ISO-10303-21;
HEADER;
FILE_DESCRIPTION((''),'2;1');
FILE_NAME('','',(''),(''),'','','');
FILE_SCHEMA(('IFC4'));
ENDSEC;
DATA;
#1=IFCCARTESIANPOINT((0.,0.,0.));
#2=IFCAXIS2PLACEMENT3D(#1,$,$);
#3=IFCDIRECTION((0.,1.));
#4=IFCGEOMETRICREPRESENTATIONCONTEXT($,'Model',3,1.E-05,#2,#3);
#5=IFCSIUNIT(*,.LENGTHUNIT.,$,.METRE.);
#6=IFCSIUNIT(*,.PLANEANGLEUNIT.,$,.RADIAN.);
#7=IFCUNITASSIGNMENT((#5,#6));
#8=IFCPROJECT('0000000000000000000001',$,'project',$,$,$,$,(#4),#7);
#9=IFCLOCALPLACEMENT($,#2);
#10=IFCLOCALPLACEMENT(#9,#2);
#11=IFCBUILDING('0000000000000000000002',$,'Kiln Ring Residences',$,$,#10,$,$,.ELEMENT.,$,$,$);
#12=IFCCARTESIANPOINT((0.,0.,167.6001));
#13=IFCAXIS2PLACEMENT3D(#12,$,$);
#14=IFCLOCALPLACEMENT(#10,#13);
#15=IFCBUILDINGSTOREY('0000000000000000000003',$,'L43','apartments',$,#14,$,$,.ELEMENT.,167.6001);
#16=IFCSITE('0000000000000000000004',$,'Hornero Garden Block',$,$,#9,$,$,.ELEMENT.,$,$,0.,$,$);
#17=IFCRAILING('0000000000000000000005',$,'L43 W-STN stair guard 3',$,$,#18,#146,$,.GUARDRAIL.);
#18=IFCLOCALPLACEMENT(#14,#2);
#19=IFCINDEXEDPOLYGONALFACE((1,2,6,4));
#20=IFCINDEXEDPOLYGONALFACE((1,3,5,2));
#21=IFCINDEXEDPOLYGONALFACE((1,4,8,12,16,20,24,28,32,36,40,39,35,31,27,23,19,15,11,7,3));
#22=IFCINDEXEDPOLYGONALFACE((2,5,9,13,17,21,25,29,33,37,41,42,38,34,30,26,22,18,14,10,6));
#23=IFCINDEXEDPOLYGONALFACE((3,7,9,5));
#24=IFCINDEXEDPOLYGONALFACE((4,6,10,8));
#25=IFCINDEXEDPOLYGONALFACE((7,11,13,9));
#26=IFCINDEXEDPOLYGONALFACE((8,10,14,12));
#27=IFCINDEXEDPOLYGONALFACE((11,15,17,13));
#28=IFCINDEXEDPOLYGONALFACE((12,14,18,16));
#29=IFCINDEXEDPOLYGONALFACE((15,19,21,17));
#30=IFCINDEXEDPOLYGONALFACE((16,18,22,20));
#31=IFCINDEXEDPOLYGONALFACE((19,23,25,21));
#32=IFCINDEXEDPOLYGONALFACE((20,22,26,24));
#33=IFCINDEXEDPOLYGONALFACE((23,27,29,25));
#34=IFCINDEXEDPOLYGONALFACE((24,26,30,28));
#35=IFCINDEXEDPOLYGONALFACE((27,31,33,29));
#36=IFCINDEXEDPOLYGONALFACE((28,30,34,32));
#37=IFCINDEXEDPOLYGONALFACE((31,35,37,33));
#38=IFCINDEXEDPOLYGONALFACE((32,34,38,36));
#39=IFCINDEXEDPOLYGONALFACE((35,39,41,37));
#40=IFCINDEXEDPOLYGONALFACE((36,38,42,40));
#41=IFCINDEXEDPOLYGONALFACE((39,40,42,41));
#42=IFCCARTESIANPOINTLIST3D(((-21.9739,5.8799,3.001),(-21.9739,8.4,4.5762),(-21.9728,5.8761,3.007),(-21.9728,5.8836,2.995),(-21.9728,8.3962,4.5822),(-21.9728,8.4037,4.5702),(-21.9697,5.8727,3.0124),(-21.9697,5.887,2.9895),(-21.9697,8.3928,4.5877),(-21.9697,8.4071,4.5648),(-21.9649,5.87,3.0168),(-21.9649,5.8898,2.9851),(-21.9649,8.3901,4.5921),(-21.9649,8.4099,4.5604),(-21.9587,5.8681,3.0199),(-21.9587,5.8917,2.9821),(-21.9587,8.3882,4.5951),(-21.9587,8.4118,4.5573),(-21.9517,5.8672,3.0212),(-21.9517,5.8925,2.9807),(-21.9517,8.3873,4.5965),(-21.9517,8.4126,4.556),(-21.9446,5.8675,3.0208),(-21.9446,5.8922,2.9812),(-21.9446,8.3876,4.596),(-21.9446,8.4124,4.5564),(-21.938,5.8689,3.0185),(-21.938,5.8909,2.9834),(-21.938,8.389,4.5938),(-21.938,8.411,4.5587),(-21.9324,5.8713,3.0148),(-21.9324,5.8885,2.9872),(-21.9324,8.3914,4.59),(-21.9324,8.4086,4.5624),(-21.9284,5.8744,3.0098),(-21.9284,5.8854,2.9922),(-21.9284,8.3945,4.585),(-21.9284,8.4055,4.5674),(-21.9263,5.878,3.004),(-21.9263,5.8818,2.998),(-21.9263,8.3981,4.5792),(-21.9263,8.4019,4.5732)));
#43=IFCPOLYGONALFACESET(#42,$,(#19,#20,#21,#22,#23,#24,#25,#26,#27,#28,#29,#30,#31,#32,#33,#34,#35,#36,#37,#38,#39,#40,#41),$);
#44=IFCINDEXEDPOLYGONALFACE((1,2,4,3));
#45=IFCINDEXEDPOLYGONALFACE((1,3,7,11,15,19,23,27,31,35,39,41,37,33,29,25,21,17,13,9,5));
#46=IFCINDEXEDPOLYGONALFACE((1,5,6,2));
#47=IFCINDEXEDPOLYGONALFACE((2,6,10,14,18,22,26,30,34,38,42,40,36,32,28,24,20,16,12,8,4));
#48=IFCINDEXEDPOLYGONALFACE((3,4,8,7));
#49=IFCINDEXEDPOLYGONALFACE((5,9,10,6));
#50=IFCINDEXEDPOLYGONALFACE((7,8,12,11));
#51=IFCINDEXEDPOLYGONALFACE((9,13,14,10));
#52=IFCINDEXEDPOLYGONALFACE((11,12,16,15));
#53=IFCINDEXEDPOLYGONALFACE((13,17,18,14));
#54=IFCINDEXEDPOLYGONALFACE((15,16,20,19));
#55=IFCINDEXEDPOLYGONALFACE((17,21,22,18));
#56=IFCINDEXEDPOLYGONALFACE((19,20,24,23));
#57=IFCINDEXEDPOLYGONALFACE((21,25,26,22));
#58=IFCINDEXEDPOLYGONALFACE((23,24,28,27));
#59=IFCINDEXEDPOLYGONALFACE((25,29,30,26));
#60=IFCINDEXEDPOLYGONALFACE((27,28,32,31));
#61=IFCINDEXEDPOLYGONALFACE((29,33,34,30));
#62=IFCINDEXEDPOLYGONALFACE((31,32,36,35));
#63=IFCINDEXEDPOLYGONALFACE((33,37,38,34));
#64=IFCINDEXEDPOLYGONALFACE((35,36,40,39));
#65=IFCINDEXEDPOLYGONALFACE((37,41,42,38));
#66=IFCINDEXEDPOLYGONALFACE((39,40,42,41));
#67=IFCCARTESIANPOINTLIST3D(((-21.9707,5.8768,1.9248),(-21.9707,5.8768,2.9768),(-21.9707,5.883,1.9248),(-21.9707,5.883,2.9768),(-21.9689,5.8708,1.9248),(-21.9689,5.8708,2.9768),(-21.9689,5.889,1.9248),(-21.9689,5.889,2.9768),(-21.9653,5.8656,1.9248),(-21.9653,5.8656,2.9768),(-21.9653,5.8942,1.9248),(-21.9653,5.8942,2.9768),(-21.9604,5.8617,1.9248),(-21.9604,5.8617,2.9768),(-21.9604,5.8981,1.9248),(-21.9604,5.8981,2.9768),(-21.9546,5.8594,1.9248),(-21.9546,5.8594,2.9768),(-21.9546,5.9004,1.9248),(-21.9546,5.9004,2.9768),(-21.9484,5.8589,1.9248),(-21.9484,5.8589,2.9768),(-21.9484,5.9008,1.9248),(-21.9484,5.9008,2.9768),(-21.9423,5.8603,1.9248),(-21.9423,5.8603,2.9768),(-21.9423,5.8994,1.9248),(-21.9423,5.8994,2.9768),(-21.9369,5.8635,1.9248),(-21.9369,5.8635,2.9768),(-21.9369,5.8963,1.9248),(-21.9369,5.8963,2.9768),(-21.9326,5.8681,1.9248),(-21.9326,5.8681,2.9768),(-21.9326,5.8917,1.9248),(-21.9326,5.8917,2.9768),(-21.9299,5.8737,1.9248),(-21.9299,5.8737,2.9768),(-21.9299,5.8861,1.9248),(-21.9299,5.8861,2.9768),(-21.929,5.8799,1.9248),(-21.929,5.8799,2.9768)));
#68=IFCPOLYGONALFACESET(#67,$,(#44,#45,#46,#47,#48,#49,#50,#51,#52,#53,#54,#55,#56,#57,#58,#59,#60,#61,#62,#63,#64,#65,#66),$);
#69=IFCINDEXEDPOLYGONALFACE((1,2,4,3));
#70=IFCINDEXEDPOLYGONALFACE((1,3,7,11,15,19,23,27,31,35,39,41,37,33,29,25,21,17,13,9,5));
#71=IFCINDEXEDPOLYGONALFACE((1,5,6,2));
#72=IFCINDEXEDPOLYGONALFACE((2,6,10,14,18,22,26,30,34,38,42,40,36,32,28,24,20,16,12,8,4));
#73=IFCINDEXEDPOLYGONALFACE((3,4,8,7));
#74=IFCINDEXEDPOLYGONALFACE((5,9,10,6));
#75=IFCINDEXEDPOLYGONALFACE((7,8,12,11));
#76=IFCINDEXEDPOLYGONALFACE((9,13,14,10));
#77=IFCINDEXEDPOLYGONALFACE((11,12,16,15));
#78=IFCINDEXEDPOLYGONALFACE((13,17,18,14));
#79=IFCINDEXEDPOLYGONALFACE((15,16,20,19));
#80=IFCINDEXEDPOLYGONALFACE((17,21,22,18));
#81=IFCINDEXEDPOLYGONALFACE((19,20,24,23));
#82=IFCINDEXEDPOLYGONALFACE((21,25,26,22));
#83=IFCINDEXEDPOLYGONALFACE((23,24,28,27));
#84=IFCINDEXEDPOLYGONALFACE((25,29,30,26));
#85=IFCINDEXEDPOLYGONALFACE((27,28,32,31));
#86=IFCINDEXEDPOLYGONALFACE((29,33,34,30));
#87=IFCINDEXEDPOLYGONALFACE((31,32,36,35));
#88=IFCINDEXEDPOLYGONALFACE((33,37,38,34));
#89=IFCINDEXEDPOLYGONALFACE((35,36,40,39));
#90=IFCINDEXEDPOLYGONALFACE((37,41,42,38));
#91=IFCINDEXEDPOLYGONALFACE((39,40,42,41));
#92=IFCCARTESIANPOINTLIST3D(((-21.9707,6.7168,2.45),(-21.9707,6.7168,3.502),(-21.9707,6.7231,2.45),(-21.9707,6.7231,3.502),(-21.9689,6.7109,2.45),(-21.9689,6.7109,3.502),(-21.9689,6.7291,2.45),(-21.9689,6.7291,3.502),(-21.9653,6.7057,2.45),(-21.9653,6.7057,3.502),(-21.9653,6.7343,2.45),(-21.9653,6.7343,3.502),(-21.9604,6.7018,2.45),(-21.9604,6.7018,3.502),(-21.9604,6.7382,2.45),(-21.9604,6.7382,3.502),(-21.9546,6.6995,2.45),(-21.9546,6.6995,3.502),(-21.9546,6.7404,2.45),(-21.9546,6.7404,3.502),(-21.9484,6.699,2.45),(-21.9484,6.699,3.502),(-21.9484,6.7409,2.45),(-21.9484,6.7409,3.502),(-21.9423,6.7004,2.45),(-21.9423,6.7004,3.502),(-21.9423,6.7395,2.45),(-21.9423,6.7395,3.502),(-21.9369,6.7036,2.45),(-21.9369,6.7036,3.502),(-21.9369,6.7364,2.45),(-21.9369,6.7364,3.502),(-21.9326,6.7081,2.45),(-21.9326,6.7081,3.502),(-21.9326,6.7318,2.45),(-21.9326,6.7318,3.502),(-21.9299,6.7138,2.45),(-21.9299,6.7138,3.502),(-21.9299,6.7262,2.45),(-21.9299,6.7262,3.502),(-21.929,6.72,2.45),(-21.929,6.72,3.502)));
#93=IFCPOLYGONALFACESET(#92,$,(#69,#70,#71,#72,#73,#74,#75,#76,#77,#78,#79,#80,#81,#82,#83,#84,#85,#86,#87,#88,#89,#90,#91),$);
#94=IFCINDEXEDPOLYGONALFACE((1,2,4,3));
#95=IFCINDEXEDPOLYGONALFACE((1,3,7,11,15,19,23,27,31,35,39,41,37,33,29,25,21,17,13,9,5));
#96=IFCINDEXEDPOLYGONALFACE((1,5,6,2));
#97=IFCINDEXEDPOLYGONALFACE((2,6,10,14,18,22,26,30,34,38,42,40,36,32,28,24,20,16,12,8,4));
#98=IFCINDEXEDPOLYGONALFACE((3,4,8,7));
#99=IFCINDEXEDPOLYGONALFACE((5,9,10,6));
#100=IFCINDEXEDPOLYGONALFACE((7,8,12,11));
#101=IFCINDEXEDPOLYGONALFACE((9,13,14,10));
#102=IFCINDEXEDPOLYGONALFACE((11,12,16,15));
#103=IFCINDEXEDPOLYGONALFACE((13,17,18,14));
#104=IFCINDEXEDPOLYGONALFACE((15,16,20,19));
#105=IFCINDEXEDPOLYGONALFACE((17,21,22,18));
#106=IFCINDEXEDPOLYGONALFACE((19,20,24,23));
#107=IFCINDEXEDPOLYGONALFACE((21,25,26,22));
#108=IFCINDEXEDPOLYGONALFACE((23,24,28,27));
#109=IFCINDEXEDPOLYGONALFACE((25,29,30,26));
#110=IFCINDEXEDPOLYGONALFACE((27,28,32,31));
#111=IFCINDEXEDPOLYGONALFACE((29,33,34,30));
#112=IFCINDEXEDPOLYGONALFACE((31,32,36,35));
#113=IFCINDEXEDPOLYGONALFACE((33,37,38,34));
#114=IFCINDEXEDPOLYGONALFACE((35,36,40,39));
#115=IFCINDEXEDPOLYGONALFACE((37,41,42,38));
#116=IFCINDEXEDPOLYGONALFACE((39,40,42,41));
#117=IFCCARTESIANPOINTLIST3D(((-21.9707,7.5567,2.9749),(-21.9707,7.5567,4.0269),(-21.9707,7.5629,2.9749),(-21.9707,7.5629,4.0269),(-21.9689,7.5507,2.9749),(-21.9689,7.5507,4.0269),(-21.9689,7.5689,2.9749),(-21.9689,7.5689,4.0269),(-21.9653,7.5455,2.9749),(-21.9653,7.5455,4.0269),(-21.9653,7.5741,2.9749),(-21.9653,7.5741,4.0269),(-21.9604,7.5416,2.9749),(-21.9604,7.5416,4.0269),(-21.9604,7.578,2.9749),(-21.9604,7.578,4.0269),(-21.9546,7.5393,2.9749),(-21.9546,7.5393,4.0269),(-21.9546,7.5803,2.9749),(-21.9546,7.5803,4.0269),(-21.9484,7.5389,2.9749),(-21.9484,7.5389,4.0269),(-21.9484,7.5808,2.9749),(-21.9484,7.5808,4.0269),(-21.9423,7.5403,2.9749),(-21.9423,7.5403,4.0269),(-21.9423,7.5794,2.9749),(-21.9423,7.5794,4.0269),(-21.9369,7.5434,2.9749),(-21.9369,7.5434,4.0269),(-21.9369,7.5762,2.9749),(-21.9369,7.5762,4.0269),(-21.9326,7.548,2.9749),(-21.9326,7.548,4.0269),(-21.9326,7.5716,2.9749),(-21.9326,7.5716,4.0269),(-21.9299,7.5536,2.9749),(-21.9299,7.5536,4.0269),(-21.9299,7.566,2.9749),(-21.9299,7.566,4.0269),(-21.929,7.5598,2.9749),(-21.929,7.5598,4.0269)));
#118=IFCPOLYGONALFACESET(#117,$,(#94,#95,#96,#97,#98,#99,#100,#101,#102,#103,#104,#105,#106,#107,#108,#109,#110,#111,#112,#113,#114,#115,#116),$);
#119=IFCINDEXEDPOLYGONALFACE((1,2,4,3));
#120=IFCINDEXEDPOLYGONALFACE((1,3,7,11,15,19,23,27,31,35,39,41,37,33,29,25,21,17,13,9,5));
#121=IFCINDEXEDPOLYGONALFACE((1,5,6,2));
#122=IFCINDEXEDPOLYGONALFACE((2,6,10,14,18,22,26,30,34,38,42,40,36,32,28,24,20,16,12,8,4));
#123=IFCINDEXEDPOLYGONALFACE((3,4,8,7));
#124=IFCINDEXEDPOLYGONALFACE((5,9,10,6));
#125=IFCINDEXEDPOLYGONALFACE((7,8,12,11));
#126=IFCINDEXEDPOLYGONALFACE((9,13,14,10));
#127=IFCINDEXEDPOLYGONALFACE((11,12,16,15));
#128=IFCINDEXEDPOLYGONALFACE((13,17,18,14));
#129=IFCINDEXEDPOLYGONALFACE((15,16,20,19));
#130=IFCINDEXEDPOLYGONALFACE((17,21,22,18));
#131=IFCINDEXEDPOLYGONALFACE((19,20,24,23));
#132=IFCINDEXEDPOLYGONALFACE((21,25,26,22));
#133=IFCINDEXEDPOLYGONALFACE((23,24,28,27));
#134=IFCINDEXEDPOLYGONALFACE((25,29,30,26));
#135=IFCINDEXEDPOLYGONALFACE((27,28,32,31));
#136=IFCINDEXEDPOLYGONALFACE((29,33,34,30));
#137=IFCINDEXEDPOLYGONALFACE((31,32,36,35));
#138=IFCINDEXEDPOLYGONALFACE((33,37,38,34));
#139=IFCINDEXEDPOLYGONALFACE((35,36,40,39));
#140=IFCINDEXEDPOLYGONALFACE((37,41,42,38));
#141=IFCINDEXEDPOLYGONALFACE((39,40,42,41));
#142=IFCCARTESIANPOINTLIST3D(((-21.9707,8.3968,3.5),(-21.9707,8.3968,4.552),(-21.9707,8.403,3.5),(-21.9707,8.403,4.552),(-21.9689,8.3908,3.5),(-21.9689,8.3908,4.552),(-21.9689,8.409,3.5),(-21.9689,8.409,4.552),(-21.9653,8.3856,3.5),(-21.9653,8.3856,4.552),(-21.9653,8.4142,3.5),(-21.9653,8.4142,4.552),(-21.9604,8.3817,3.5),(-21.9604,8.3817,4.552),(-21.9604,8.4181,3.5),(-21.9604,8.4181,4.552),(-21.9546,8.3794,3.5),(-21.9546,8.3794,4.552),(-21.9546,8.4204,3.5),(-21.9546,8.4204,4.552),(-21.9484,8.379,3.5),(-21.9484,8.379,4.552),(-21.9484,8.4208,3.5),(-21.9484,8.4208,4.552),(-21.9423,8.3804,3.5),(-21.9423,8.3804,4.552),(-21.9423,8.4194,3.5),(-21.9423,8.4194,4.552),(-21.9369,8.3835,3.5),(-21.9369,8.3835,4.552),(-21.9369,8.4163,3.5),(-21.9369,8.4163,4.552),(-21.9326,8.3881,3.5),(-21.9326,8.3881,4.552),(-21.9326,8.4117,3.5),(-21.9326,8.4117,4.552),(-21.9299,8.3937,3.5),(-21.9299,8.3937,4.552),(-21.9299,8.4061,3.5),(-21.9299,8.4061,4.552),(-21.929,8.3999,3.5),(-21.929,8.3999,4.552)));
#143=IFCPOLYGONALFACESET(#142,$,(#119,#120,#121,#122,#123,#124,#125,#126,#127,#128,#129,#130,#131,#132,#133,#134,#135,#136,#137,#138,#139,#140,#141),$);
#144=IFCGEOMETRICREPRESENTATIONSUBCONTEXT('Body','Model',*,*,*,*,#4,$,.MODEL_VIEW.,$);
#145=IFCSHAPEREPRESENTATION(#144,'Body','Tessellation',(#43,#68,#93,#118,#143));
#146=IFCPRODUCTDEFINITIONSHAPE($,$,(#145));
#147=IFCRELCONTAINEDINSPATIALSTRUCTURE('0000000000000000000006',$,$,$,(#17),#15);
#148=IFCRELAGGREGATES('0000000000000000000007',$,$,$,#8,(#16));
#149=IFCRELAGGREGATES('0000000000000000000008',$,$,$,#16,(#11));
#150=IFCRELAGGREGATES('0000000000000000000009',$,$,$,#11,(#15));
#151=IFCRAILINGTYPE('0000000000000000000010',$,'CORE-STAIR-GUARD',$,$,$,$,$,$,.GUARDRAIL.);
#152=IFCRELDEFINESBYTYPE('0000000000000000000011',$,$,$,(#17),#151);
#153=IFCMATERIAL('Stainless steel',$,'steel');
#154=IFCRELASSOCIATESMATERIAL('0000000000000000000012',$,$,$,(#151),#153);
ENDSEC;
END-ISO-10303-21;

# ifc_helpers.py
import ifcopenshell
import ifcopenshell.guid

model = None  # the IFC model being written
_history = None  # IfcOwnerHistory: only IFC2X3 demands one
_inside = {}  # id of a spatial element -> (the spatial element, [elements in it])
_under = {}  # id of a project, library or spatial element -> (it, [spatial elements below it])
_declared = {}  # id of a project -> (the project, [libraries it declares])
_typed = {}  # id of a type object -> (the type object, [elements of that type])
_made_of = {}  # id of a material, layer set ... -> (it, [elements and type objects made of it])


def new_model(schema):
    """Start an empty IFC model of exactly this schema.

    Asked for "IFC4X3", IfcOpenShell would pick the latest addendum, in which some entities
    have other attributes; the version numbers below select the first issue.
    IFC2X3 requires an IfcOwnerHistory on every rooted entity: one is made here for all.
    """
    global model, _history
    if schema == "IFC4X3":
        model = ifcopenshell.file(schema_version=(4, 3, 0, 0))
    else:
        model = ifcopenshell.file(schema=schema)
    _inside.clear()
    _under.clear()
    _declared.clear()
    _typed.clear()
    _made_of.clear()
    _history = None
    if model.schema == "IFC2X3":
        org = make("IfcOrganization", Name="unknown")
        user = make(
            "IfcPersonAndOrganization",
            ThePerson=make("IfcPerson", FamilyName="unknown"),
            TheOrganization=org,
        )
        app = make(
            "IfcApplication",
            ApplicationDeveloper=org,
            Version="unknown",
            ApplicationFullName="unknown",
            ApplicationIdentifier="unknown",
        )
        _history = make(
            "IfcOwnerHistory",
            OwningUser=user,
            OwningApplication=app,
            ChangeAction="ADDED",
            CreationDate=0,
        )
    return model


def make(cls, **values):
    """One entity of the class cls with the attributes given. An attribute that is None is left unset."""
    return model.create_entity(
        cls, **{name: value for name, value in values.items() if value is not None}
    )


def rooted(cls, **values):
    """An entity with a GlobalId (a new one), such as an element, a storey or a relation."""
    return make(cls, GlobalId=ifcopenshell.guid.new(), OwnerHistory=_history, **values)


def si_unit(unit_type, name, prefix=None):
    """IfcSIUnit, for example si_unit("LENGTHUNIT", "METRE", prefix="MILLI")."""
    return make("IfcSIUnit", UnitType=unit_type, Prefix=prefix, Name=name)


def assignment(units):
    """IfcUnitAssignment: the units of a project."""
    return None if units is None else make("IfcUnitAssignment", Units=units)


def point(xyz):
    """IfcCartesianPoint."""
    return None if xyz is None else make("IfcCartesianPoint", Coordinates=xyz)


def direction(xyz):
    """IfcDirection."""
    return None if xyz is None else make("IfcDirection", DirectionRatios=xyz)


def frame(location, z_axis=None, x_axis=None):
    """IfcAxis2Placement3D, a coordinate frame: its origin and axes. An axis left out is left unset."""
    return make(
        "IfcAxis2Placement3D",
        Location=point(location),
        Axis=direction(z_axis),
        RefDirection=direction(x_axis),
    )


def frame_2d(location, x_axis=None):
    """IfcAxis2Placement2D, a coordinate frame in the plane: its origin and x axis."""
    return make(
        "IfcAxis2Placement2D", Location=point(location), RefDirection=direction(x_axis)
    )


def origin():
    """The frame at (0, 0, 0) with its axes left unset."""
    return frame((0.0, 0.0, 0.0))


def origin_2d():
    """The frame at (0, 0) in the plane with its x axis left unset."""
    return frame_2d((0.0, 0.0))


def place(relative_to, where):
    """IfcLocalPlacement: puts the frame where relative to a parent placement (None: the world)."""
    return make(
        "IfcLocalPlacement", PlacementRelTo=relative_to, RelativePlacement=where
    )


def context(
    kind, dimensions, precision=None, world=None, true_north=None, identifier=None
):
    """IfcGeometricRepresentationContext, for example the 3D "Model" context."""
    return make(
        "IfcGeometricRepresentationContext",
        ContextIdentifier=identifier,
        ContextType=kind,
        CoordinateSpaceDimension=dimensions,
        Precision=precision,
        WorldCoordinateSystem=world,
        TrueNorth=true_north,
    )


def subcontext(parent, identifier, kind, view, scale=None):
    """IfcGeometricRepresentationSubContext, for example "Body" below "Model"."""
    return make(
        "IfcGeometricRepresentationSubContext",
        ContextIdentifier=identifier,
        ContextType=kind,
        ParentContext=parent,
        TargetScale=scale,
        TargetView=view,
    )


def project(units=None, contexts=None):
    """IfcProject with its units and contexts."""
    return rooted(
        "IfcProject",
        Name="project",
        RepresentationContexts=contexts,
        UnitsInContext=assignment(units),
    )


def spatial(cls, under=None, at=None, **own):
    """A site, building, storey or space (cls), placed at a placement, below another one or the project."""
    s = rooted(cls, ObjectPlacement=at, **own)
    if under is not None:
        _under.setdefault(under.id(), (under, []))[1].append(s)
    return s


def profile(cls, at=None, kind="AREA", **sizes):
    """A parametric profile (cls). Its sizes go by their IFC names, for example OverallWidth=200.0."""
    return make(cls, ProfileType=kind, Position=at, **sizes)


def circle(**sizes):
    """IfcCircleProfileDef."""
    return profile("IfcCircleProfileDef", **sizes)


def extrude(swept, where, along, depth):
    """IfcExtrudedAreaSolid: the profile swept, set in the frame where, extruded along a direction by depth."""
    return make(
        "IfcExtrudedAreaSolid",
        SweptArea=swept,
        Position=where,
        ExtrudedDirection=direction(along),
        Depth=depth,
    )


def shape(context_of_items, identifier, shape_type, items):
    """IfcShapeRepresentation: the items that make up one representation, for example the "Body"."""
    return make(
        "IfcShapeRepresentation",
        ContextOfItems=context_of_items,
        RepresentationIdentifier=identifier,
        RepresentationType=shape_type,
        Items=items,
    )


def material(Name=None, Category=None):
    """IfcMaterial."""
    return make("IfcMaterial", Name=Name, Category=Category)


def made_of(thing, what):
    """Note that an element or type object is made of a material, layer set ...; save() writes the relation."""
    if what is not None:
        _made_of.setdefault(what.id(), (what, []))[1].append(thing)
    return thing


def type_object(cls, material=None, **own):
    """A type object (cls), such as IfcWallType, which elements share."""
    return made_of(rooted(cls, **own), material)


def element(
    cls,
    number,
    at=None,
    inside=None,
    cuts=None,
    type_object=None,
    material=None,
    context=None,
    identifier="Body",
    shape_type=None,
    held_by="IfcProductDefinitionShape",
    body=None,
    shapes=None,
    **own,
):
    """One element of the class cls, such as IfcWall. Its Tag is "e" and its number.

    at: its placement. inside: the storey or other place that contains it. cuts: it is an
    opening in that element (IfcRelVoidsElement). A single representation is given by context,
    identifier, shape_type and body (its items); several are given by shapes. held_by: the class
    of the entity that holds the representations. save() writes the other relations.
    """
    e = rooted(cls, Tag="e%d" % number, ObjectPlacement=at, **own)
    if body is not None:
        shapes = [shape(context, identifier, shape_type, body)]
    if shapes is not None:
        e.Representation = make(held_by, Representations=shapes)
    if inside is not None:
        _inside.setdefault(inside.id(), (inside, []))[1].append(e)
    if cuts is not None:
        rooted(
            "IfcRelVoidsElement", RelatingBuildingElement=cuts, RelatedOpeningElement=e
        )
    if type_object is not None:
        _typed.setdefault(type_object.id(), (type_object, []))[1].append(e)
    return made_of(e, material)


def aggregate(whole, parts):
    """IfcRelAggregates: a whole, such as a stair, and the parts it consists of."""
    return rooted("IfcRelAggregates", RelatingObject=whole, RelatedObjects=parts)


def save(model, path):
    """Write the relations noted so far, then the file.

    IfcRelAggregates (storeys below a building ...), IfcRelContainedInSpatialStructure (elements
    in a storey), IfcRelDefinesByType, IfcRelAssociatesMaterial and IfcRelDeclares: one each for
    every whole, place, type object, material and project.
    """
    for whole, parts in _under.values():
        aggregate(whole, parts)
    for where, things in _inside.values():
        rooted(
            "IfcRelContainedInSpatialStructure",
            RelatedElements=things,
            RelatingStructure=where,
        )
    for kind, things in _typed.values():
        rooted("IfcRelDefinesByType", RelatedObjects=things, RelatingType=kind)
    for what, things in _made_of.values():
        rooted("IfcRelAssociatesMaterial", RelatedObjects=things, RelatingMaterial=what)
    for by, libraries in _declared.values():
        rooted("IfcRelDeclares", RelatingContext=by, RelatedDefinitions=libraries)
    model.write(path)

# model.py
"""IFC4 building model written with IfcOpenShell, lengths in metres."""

from ifc_helpers import new_model, si_unit, direction, frame, origin, origin_2d, place, context, subcontext, project, spatial, circle, extrude, material, type_object, element, save


model = new_model("IFC4")

# Units and contexts
model_context = context("Model", 3, precision=1e-05, world=origin(), true_north=direction((0.0, 1.0)))
body_context = subcontext(model_context, "Body", "Model", "MODEL_VIEW")
ifc_project = project(units=[si_unit("LENGTHUNIT", "METRE"), si_unit("PLANEANGLEUNIT", "RADIAN")], contexts=[model_context])

# Site, building, storey
site_placement = place(None, origin())
site = spatial("IfcSite", under=ifc_project, at=site_placement, Name="Hornero Garden Block", CompositionType="ELEMENT", RefElevation=0.0)
building_placement = place(site_placement, origin())
building = spatial("IfcBuilding", under=site, at=building_placement, Name="Kiln Ring Residences", CompositionType="ELEMENT")
storey_placement = place(building_placement, frame((0.0, 0.0, 167.6001)))
storey = spatial("IfcBuildingStorey", under=building, at=storey_placement, Name="L43", Description="apartments", CompositionType="ELEMENT", Elevation=167.6001)

# Railing
ifc_material_1 = material(Name="Stainless steel", Category="steel")
railing_type_1 = type_object("IfcRailingType", Name="CORE-STAIR-GUARD", PredefinedType="GUARDRAIL", material=ifc_material_1)
railing_1_placement = place(storey_placement, frame((-21.95, 5.8799, 1.9248)))
element("IfcRailing", 1, at=railing_1_placement, inside=storey, type_object=railing_type_1, Name="L43 W-STN stair guard 3", PredefinedType="GUARDRAIL", context=body_context, shape_type="SweptSolid", body=[
    extrude(circle(Radius=0.0239, at=origin_2d()), frame((0.0, 0.0, 1.0762), z_axis=(0.0, 0.847971, 0.530043), x_axis=(-1.0, 0.0, 0.0)), (0.0, 0.0, 1.0), 2.9719),
    extrude(circle(Radius=0.021, at=origin_2d()), origin(), (0.0, 0.0, 1.0), 1.052),
    extrude(circle(Radius=0.021, at=origin_2d()), frame((0.0, 0.8401, 0.5251)), (0.0, 0.0, 1.0), 1.052),
    extrude(circle(Radius=0.021, at=origin_2d()), frame((0.0, 1.6799, 1.05)), (0.0, 0.0, 1.0), 1.052),
    extrude(circle(Radius=0.021, at=origin_2d()), frame((0.0, 2.52, 1.5752)), (0.0, 0.0, 1.0), 1.052),
])

save(model, "model.ifc")
